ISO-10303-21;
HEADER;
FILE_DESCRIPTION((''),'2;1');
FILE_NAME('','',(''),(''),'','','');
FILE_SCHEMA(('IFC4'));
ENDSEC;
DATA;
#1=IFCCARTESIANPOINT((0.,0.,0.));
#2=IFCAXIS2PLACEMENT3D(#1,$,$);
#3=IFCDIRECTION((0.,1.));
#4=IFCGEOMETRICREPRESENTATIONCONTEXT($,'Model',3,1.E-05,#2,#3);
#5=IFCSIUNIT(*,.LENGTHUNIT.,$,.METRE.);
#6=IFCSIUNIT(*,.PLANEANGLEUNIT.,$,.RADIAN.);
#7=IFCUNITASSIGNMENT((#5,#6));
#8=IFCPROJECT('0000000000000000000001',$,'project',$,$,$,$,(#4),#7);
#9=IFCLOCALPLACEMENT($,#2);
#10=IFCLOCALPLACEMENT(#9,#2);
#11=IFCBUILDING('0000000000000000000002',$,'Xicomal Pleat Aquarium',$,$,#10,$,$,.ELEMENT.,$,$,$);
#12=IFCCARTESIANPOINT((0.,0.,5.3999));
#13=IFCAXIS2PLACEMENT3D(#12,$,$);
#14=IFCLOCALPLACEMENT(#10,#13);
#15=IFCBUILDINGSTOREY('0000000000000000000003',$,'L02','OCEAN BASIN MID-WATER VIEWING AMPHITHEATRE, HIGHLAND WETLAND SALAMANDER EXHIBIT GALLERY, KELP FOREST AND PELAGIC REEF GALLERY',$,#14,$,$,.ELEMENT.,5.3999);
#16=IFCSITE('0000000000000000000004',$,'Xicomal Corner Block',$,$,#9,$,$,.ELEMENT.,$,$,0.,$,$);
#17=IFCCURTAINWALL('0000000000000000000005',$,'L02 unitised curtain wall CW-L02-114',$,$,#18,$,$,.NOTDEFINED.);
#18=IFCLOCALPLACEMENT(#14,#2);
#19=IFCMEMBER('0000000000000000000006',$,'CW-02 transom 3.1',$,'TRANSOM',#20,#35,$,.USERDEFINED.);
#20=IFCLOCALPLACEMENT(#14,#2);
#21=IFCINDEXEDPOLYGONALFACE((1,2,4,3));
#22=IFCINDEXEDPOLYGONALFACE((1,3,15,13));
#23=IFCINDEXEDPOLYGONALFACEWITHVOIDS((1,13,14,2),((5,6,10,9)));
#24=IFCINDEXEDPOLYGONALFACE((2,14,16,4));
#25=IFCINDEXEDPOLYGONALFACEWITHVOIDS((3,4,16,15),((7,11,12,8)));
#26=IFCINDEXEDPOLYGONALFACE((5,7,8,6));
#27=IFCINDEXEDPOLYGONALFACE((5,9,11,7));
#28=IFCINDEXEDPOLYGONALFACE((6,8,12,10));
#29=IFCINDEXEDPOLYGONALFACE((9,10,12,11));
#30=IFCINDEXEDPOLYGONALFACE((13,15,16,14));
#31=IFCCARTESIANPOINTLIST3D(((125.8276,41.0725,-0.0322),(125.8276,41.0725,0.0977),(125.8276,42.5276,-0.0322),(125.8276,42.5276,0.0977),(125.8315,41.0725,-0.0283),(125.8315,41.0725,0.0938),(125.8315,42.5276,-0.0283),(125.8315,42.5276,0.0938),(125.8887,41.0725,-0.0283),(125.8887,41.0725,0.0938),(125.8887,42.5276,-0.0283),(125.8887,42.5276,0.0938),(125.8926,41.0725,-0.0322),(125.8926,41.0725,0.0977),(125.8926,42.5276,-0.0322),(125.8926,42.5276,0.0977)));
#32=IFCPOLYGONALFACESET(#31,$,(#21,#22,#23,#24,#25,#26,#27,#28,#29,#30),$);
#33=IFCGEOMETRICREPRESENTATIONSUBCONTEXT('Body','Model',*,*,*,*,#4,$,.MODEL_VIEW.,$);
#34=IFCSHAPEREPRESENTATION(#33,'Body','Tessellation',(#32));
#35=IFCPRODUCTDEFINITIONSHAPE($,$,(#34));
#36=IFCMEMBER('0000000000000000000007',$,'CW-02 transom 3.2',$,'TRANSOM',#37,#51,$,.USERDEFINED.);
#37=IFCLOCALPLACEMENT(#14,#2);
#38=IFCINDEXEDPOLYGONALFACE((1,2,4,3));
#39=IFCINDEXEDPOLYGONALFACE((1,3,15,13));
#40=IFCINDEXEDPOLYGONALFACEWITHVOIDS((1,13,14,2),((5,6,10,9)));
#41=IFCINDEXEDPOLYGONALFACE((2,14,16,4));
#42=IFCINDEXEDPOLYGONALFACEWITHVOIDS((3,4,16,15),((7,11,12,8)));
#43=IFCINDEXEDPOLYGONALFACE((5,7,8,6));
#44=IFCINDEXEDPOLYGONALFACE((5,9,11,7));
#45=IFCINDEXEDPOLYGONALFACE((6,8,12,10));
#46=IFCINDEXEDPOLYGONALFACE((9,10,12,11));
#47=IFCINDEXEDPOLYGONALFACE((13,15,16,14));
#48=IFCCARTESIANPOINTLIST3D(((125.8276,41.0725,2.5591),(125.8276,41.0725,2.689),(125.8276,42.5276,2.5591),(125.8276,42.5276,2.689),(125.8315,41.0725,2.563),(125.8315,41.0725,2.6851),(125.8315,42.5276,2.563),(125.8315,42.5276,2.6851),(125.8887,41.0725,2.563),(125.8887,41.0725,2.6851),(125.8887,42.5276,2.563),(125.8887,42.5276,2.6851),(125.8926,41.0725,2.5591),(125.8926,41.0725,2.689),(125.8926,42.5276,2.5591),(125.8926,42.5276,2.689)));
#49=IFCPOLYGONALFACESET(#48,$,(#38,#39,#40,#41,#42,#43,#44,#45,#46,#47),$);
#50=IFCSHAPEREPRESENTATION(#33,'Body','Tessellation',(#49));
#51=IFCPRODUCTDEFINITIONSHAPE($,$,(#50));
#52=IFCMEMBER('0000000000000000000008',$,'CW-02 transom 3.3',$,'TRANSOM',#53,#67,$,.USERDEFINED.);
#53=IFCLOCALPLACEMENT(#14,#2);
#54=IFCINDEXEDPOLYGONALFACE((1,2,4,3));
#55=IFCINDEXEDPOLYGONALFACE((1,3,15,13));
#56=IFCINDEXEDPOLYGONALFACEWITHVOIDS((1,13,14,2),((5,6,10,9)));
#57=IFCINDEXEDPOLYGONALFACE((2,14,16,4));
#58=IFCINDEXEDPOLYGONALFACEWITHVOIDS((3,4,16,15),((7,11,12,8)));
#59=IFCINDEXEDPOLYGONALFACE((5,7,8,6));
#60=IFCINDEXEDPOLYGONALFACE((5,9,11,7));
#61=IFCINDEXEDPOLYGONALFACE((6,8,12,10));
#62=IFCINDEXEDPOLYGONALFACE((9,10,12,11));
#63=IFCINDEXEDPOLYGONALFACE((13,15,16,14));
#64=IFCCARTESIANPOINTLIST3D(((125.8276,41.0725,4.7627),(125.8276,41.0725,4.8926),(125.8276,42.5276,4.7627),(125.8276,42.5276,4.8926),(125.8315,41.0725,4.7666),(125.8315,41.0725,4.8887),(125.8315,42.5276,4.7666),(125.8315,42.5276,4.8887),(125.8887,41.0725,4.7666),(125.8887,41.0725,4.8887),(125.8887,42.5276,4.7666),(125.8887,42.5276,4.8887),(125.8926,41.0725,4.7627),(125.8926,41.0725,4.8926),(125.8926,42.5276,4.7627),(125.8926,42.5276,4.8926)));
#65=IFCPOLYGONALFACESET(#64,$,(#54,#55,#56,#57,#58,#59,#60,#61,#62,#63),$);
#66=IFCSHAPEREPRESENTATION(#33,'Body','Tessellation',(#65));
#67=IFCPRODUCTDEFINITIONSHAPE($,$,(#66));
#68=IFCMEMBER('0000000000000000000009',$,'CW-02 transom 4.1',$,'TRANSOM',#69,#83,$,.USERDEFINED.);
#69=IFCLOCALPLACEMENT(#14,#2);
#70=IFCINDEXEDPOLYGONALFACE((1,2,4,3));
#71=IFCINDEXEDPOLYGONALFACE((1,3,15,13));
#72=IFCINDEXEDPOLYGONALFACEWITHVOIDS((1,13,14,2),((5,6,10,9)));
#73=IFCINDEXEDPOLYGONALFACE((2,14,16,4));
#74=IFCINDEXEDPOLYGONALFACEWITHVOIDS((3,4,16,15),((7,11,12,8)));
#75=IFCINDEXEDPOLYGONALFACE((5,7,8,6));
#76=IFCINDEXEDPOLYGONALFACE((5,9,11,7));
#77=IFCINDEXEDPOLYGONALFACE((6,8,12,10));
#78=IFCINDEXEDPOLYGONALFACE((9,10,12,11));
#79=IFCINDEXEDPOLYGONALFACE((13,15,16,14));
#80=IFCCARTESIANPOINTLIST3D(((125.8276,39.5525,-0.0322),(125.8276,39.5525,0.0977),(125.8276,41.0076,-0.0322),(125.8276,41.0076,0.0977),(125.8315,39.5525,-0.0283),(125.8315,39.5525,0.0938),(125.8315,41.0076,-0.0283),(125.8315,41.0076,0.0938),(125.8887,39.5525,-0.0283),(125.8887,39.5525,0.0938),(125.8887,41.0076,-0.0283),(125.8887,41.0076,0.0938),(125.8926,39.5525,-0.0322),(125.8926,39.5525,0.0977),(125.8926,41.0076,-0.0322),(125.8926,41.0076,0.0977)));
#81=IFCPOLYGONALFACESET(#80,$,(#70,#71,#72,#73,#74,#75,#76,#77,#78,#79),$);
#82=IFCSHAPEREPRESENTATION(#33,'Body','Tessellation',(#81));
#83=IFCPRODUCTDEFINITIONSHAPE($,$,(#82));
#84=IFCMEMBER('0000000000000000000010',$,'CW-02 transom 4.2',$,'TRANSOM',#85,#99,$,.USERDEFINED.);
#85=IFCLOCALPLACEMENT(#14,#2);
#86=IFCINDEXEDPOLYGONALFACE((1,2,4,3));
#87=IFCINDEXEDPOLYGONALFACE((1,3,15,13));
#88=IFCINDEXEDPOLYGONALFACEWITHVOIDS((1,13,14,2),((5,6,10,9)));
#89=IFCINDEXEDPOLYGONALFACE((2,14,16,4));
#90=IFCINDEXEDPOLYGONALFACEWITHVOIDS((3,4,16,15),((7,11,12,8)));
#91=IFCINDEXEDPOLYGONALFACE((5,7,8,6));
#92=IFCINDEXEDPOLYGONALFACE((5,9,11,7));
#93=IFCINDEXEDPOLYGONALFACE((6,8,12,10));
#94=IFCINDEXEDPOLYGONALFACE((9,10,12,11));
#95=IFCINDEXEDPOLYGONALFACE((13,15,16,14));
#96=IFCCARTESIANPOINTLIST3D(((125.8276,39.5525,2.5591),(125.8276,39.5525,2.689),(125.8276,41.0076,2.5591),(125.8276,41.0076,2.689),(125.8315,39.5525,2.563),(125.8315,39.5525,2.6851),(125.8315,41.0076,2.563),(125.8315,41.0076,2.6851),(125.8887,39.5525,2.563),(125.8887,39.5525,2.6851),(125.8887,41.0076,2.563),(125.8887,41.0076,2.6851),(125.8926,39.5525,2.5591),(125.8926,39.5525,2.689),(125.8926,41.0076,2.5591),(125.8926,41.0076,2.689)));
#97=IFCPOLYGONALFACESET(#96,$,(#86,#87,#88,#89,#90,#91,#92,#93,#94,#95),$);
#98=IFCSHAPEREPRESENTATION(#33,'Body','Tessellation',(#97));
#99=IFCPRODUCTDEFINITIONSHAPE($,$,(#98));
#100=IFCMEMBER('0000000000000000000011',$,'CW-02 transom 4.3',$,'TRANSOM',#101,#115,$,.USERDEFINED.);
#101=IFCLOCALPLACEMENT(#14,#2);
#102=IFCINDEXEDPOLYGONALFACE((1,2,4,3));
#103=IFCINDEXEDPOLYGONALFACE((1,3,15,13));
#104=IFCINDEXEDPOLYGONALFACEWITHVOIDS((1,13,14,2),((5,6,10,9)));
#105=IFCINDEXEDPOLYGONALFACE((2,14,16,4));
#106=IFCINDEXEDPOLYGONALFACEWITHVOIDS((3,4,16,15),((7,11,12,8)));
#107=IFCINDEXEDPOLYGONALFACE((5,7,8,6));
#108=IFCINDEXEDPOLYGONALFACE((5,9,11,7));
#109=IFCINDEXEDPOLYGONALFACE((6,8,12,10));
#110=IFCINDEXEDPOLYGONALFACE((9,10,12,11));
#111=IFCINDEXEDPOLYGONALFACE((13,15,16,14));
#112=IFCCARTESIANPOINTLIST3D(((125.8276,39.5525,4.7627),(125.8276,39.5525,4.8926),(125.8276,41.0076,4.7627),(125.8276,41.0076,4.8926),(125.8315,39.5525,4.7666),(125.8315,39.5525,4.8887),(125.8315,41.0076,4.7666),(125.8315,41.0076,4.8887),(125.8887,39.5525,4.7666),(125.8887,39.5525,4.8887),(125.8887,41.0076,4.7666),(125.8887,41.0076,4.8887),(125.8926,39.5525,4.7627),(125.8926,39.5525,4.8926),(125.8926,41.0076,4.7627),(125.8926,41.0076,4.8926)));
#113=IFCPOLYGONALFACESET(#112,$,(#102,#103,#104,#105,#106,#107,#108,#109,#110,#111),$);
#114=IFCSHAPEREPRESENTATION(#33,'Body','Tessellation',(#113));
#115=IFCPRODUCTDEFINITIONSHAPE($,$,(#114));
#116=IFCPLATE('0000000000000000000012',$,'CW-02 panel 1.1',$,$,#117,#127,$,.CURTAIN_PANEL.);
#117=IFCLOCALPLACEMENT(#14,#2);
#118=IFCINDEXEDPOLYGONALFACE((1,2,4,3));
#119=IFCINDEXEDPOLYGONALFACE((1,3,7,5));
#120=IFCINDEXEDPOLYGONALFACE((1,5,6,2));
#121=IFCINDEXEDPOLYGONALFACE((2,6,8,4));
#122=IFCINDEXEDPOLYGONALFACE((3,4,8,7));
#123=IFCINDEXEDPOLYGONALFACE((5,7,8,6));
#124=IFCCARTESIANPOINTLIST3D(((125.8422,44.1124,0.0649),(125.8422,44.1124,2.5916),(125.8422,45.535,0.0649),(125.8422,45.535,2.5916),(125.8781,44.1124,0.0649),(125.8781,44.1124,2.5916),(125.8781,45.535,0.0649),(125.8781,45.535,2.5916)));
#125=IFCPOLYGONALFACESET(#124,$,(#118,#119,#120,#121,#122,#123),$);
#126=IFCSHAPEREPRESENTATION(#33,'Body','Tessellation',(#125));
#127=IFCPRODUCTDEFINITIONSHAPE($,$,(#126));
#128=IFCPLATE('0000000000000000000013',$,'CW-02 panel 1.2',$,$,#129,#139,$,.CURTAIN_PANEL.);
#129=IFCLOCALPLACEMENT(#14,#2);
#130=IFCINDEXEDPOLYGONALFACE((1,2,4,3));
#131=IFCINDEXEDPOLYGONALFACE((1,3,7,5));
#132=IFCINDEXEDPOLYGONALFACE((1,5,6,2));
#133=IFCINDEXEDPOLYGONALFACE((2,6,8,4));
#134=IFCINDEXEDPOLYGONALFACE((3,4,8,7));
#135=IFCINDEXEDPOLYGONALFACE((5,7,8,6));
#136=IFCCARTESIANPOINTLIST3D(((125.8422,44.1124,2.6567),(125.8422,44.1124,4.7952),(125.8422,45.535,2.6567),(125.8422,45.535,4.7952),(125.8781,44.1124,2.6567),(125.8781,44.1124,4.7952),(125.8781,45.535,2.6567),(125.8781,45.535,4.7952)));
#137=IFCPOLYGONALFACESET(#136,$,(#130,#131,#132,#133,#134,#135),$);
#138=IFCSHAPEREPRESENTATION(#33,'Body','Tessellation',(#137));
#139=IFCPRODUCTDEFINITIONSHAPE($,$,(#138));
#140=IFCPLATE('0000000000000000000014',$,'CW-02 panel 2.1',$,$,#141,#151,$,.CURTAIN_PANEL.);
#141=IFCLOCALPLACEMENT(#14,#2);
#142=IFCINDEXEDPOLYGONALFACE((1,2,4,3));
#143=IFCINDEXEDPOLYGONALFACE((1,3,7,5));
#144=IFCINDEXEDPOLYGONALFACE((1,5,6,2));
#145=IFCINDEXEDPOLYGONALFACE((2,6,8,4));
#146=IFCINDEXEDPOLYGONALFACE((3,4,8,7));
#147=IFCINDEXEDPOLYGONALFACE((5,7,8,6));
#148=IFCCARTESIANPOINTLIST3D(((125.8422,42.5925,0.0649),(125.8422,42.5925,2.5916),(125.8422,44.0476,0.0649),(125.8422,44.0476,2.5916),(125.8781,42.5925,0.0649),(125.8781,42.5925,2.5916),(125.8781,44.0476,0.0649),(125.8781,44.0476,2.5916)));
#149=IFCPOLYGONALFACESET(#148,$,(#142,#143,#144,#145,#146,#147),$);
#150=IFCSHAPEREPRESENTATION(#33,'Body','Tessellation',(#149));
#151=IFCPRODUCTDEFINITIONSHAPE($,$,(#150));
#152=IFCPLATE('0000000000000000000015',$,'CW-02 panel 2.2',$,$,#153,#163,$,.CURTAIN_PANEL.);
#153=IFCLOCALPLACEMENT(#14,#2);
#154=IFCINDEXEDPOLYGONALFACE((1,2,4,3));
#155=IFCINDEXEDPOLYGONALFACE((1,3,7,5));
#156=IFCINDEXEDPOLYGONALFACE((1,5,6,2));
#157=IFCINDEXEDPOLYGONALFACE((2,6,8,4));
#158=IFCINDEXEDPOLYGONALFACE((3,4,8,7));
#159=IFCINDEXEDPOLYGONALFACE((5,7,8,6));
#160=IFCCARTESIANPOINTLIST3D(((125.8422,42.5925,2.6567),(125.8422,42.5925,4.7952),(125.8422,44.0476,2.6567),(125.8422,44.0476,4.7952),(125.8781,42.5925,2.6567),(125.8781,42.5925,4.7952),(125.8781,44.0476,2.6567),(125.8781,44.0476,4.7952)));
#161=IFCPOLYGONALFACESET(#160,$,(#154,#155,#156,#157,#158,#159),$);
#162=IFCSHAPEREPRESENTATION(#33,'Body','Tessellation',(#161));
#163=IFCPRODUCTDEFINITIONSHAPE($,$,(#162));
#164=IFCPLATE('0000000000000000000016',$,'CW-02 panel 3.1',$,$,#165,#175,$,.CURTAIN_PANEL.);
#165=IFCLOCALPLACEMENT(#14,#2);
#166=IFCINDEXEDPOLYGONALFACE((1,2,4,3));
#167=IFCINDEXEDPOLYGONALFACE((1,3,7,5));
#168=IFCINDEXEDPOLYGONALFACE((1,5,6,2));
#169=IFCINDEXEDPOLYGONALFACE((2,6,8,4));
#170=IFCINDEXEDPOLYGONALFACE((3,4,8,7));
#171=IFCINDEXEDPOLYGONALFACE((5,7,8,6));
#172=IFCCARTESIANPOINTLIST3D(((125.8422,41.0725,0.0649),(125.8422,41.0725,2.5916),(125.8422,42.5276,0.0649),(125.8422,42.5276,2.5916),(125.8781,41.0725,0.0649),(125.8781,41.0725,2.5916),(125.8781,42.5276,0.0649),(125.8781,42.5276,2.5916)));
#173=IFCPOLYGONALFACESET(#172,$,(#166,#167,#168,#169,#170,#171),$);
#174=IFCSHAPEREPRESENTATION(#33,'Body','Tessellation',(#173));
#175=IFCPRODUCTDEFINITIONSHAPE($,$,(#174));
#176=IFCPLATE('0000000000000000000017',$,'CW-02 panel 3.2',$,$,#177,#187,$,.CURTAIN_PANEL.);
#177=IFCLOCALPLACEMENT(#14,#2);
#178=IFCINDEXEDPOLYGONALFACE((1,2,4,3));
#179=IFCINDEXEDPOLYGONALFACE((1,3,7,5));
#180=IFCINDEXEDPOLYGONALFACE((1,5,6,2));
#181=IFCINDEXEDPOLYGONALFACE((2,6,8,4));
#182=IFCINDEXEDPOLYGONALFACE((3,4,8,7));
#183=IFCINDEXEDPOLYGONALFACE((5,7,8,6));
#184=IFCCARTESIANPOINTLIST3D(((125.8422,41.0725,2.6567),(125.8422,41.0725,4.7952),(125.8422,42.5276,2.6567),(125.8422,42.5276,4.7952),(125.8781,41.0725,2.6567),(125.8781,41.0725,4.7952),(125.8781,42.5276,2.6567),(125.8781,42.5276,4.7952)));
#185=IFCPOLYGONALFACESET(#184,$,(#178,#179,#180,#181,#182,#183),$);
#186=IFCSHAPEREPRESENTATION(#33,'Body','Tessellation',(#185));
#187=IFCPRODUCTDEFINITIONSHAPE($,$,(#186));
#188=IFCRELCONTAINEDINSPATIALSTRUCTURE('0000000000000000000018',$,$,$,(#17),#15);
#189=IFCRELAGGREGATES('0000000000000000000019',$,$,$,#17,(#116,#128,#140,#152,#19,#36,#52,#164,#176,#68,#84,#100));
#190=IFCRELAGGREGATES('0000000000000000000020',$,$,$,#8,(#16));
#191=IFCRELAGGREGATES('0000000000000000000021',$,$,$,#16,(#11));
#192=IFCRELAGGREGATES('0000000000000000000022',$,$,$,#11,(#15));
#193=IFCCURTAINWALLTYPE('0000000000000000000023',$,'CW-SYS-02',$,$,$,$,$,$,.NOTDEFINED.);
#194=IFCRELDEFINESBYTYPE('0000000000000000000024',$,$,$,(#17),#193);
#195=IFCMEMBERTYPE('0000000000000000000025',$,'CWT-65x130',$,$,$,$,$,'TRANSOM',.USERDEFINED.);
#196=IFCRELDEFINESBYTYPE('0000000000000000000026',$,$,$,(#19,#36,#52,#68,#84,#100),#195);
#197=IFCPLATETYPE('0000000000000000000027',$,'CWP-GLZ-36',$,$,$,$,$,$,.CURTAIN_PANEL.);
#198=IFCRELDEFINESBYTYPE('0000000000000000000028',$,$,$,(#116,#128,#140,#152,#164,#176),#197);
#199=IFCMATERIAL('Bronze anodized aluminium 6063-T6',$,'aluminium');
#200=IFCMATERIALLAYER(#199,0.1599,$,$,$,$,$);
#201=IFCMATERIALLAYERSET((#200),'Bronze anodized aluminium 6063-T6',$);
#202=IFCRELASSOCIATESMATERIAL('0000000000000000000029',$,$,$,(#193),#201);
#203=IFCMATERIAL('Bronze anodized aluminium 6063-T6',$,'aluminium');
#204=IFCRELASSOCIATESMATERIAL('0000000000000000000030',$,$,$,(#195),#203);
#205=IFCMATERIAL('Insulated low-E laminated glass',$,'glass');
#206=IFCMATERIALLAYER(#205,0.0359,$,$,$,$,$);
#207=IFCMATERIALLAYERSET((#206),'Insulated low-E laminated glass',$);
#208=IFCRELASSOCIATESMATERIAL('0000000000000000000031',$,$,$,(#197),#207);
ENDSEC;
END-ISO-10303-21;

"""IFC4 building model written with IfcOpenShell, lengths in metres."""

from ifc_helpers import new_model, si_unit, direction, frame, origin, origin_2d, place, context, subcontext, project, spatial, rectangle, hollow_rectangle, extrude, material, layer, layer_set, material_profile, profile_set, type_object, element, aggregate, save


model = new_model("IFC4")

# Units and contexts
model_context = context("Model", 3, precision=1e-05, world=origin(), true_north=direction((0.0, 1.0)))
body_context = subcontext(model_context, "Body", "Model", "MODEL_VIEW")
ifc_project = project(units=[si_unit("LENGTHUNIT", "METRE"), si_unit("PLANEANGLEUNIT", "RADIAN")], contexts=[model_context])

# Site, building, storey
site_placement = place(None, origin())
site = spatial("IfcSite", under=ifc_project, at=site_placement, Name="Xicomal Corner Block", CompositionType="ELEMENT", RefElevation=0.0)
building_placement = place(site_placement, origin())
building = spatial("IfcBuilding", under=site, at=building_placement, Name="Xicomal Pleat Aquarium", CompositionType="ELEMENT")
storey_placement = place(building_placement, frame((0.0, 0.0, 5.3999)))
storey = spatial("IfcBuildingStorey", under=building, at=storey_placement, Name="L02", Description="OCEAN BASIN MID-WATER VIEWING AMPHITHEATRE, HIGHLAND WETLAND SALAMANDER EXHIBIT GALLERY, KELP FOREST AND PELAGIC REEF GALLERY", CompositionType="ELEMENT", Elevation=5.3999)

# Curtain wall
ifc_material_1 = material(Name="Bronze anodized aluminium 6063-T6", Category="aluminium")
ifc_layer_1 = layer(ifc_material_1, 0.1599)
ifc_layer_set_1 = layer_set([ifc_layer_1], Name="Bronze anodized aluminium 6063-T6")
curtain_wall_type_1 = type_object("IfcCurtainWallType", Name="CW-SYS-02", PredefinedType="NOTDEFINED", material=ifc_layer_set_1)
curtain_wall_1_placement = place(storey_placement, origin())
curtain_wall_1 = element("IfcCurtainWall", 1, at=curtain_wall_1_placement, inside=storey, type_object=curtain_wall_type_1, Name="L02 unitised curtain wall CW-L02-114", PredefinedType="NOTDEFINED")

# Members
ifc_material_2 = material(Name="Bronze anodized aluminium 6063-T6", Category="aluminium")
ifc_material_profile_1 = material_profile(ifc_material_2, hollow_rectangle(XDim=0.0649, YDim=0.1299, WallThickness=0.0039, at=origin_2d()), Name="ALU TRAN 65x130")
ifc_profile_set_1 = profile_set([ifc_material_profile_1], Name="Bronze anodized aluminium 6063-T6")
member_type_1 = type_object("IfcMemberType", Name="CWT-65x130", ElementType="TRANSOM", PredefinedType="USERDEFINED", material=ifc_profile_set_1)
member_1_placement = place(storey_placement, frame((125.8601, 42.5276, 0.0327), z_axis=(0.0, -1.0, 0.0), x_axis=(1.0, 0.0, 0.0)))
member_1 = element("IfcMember", 2, at=member_1_placement, type_object=member_type_1, Name="CW-02 transom 3.1", ObjectType="TRANSOM", PredefinedType="USERDEFINED", context=body_context, shape_type="SweptSolid", body=[
    extrude(hollow_rectangle(XDim=0.0649, YDim=0.1299, WallThickness=0.0039, at=origin_2d()), origin(), (0.0, 0.0, 1.0), 1.4551),
])
member_2_placement = place(storey_placement, frame((125.8601, 42.5276, 2.624), z_axis=(0.0, -1.0, 0.0), x_axis=(1.0, 0.0, 0.0)))
member_2 = element("IfcMember", 3, at=member_2_placement, type_object=member_type_1, Name="CW-02 transom 3.2", ObjectType="TRANSOM", PredefinedType="USERDEFINED", context=body_context, shape_type="SweptSolid", body=[
    extrude(hollow_rectangle(XDim=0.0649, YDim=0.1299, WallThickness=0.0039, at=origin_2d()), origin(), (0.0, 0.0, 1.0), 1.4551),
])
member_3_placement = place(storey_placement, frame((125.8601, 42.5276, 4.8276), z_axis=(0.0, -1.0, 0.0), x_axis=(1.0, 0.0, 0.0)))
member_3 = element("IfcMember", 4, at=member_3_placement, type_object=member_type_1, Name="CW-02 transom 3.3", ObjectType="TRANSOM", PredefinedType="USERDEFINED", context=body_context, shape_type="SweptSolid", body=[
    extrude(hollow_rectangle(XDim=0.0649, YDim=0.1299, WallThickness=0.0039, at=origin_2d()), origin(), (0.0, 0.0, 1.0), 1.4551),
])
member_4_placement = place(storey_placement, frame((125.8601, 41.0076, 0.0327), z_axis=(0.0, -1.0, 0.0), x_axis=(1.0, 0.0, 0.0)))
member_4 = element("IfcMember", 5, at=member_4_placement, type_object=member_type_1, Name="CW-02 transom 4.1", ObjectType="TRANSOM", PredefinedType="USERDEFINED", context=body_context, shape_type="SweptSolid", body=[
    extrude(hollow_rectangle(XDim=0.0649, YDim=0.1299, WallThickness=0.0039, at=origin_2d()), origin(), (0.0, 0.0, 1.0), 1.4551),
])
member_5_placement = place(storey_placement, frame((125.8601, 41.0076, 2.624), z_axis=(0.0, -1.0, 0.0), x_axis=(1.0, 0.0, 0.0)))
member_5 = element("IfcMember", 6, at=member_5_placement, type_object=member_type_1, Name="CW-02 transom 4.2", ObjectType="TRANSOM", PredefinedType="USERDEFINED", context=body_context, shape_type="SweptSolid", body=[
    extrude(hollow_rectangle(XDim=0.0649, YDim=0.1299, WallThickness=0.0039, at=origin_2d()), origin(), (0.0, 0.0, 1.0), 1.4551),
])
member_6_placement = place(storey_placement, frame((125.8601, 41.0076, 4.8276), z_axis=(0.0, -1.0, 0.0), x_axis=(1.0, 0.0, 0.0)))
member_6 = element("IfcMember", 7, at=member_6_placement, type_object=member_type_1, Name="CW-02 transom 4.3", ObjectType="TRANSOM", PredefinedType="USERDEFINED", context=body_context, shape_type="SweptSolid", body=[
    extrude(hollow_rectangle(XDim=0.0649, YDim=0.1299, WallThickness=0.0039, at=origin_2d()), origin(), (0.0, 0.0, 1.0), 1.4551),
])

# Plates
ifc_material_3 = material(Name="Insulated low-E laminated glass", Category="glass")
ifc_layer_2 = layer(ifc_material_3, 0.0359)
ifc_layer_set_2 = layer_set([ifc_layer_2], Name="Insulated low-E laminated glass")
plate_type = type_object("IfcPlateType", Name="CWP-GLZ-36", PredefinedType="CURTAIN_PANEL", material=ifc_layer_set_2)
plate_1_placement = place(storey_placement, frame((125.8601, 44.8237, 0.0649), z_axis=(0.0, 0.0, 1.0), x_axis=(0.0, -1.0, 0.0)))
plate_1 = element("IfcPlate", 8, at=plate_1_placement, type_object=plate_type, Name="CW-02 panel 1.1", PredefinedType="CURTAIN_PANEL", context=body_context, shape_type="SweptSolid", body=[
    extrude(rectangle(XDim=1.4226, YDim=0.0359, at=origin_2d()), origin(), (0.0, 0.0, 1.0), 2.5266),
])
plate_2_placement = place(storey_placement, frame((125.8601, 44.8237, 2.6567), z_axis=(0.0, 0.0, 1.0), x_axis=(0.0, -1.0, 0.0)))
plate_2 = element("IfcPlate", 9, at=plate_2_placement, type_object=plate_type, Name="CW-02 panel 1.2", PredefinedType="CURTAIN_PANEL", context=body_context, shape_type="SweptSolid", body=[
    extrude(rectangle(XDim=1.4226, YDim=0.0359, at=origin_2d()), origin(), (0.0, 0.0, 1.0), 2.1384),
])
plate_3_placement = place(storey_placement, frame((125.8601, 43.3201, 0.0649), z_axis=(0.0, 0.0, 1.0), x_axis=(0.0, -1.0, 0.0)))
plate_3 = element("IfcPlate", 10, at=plate_3_placement, type_object=plate_type, Name="CW-02 panel 2.1", PredefinedType="CURTAIN_PANEL", context=body_context, shape_type="SweptSolid", body=[
    extrude(rectangle(XDim=1.4551, YDim=0.0359, at=origin_2d()), origin(), (0.0, 0.0, 1.0), 2.5266),
])
plate_4_placement = place(storey_placement, frame((125.8601, 43.3201, 2.6567), z_axis=(0.0, 0.0, 1.0), x_axis=(0.0, -1.0, 0.0)))
plate_4 = element("IfcPlate", 11, at=plate_4_placement, type_object=plate_type, Name="CW-02 panel 2.2", PredefinedType="CURTAIN_PANEL", context=body_context, shape_type="SweptSolid", body=[
    extrude(rectangle(XDim=1.4551, YDim=0.0359, at=origin_2d()), origin(), (0.0, 0.0, 1.0), 2.1384),
])
plate_5_placement = place(storey_placement, frame((125.8601, 41.8, 0.0649), z_axis=(0.0, 0.0, 1.0), x_axis=(0.0, -1.0, 0.0)))
plate_5 = element("IfcPlate", 12, at=plate_5_placement, type_object=plate_type, Name="CW-02 panel 3.1", PredefinedType="CURTAIN_PANEL", context=body_context, shape_type="SweptSolid", body=[
    extrude(rectangle(XDim=1.4551, YDim=0.0359, at=origin_2d()), origin(), (0.0, 0.0, 1.0), 2.5266),
])
plate_6_placement = place(storey_placement, frame((125.8601, 41.8, 2.6567), z_axis=(0.0, 0.0, 1.0), x_axis=(0.0, -1.0, 0.0)))
plate_6 = element("IfcPlate", 13, at=plate_6_placement, type_object=plate_type, Name="CW-02 panel 3.2", PredefinedType="CURTAIN_PANEL", context=body_context, shape_type="SweptSolid", body=[
    extrude(rectangle(XDim=1.4551, YDim=0.0359, at=origin_2d()), origin(), (0.0, 0.0, 1.0), 2.1384),
])
aggregate(curtain_wall_1, [plate_1, plate_2, plate_3, plate_4, member_1, member_2, member_3, plate_5, plate_6, member_4, member_5, member_6])

save(model, "model.ifc")
